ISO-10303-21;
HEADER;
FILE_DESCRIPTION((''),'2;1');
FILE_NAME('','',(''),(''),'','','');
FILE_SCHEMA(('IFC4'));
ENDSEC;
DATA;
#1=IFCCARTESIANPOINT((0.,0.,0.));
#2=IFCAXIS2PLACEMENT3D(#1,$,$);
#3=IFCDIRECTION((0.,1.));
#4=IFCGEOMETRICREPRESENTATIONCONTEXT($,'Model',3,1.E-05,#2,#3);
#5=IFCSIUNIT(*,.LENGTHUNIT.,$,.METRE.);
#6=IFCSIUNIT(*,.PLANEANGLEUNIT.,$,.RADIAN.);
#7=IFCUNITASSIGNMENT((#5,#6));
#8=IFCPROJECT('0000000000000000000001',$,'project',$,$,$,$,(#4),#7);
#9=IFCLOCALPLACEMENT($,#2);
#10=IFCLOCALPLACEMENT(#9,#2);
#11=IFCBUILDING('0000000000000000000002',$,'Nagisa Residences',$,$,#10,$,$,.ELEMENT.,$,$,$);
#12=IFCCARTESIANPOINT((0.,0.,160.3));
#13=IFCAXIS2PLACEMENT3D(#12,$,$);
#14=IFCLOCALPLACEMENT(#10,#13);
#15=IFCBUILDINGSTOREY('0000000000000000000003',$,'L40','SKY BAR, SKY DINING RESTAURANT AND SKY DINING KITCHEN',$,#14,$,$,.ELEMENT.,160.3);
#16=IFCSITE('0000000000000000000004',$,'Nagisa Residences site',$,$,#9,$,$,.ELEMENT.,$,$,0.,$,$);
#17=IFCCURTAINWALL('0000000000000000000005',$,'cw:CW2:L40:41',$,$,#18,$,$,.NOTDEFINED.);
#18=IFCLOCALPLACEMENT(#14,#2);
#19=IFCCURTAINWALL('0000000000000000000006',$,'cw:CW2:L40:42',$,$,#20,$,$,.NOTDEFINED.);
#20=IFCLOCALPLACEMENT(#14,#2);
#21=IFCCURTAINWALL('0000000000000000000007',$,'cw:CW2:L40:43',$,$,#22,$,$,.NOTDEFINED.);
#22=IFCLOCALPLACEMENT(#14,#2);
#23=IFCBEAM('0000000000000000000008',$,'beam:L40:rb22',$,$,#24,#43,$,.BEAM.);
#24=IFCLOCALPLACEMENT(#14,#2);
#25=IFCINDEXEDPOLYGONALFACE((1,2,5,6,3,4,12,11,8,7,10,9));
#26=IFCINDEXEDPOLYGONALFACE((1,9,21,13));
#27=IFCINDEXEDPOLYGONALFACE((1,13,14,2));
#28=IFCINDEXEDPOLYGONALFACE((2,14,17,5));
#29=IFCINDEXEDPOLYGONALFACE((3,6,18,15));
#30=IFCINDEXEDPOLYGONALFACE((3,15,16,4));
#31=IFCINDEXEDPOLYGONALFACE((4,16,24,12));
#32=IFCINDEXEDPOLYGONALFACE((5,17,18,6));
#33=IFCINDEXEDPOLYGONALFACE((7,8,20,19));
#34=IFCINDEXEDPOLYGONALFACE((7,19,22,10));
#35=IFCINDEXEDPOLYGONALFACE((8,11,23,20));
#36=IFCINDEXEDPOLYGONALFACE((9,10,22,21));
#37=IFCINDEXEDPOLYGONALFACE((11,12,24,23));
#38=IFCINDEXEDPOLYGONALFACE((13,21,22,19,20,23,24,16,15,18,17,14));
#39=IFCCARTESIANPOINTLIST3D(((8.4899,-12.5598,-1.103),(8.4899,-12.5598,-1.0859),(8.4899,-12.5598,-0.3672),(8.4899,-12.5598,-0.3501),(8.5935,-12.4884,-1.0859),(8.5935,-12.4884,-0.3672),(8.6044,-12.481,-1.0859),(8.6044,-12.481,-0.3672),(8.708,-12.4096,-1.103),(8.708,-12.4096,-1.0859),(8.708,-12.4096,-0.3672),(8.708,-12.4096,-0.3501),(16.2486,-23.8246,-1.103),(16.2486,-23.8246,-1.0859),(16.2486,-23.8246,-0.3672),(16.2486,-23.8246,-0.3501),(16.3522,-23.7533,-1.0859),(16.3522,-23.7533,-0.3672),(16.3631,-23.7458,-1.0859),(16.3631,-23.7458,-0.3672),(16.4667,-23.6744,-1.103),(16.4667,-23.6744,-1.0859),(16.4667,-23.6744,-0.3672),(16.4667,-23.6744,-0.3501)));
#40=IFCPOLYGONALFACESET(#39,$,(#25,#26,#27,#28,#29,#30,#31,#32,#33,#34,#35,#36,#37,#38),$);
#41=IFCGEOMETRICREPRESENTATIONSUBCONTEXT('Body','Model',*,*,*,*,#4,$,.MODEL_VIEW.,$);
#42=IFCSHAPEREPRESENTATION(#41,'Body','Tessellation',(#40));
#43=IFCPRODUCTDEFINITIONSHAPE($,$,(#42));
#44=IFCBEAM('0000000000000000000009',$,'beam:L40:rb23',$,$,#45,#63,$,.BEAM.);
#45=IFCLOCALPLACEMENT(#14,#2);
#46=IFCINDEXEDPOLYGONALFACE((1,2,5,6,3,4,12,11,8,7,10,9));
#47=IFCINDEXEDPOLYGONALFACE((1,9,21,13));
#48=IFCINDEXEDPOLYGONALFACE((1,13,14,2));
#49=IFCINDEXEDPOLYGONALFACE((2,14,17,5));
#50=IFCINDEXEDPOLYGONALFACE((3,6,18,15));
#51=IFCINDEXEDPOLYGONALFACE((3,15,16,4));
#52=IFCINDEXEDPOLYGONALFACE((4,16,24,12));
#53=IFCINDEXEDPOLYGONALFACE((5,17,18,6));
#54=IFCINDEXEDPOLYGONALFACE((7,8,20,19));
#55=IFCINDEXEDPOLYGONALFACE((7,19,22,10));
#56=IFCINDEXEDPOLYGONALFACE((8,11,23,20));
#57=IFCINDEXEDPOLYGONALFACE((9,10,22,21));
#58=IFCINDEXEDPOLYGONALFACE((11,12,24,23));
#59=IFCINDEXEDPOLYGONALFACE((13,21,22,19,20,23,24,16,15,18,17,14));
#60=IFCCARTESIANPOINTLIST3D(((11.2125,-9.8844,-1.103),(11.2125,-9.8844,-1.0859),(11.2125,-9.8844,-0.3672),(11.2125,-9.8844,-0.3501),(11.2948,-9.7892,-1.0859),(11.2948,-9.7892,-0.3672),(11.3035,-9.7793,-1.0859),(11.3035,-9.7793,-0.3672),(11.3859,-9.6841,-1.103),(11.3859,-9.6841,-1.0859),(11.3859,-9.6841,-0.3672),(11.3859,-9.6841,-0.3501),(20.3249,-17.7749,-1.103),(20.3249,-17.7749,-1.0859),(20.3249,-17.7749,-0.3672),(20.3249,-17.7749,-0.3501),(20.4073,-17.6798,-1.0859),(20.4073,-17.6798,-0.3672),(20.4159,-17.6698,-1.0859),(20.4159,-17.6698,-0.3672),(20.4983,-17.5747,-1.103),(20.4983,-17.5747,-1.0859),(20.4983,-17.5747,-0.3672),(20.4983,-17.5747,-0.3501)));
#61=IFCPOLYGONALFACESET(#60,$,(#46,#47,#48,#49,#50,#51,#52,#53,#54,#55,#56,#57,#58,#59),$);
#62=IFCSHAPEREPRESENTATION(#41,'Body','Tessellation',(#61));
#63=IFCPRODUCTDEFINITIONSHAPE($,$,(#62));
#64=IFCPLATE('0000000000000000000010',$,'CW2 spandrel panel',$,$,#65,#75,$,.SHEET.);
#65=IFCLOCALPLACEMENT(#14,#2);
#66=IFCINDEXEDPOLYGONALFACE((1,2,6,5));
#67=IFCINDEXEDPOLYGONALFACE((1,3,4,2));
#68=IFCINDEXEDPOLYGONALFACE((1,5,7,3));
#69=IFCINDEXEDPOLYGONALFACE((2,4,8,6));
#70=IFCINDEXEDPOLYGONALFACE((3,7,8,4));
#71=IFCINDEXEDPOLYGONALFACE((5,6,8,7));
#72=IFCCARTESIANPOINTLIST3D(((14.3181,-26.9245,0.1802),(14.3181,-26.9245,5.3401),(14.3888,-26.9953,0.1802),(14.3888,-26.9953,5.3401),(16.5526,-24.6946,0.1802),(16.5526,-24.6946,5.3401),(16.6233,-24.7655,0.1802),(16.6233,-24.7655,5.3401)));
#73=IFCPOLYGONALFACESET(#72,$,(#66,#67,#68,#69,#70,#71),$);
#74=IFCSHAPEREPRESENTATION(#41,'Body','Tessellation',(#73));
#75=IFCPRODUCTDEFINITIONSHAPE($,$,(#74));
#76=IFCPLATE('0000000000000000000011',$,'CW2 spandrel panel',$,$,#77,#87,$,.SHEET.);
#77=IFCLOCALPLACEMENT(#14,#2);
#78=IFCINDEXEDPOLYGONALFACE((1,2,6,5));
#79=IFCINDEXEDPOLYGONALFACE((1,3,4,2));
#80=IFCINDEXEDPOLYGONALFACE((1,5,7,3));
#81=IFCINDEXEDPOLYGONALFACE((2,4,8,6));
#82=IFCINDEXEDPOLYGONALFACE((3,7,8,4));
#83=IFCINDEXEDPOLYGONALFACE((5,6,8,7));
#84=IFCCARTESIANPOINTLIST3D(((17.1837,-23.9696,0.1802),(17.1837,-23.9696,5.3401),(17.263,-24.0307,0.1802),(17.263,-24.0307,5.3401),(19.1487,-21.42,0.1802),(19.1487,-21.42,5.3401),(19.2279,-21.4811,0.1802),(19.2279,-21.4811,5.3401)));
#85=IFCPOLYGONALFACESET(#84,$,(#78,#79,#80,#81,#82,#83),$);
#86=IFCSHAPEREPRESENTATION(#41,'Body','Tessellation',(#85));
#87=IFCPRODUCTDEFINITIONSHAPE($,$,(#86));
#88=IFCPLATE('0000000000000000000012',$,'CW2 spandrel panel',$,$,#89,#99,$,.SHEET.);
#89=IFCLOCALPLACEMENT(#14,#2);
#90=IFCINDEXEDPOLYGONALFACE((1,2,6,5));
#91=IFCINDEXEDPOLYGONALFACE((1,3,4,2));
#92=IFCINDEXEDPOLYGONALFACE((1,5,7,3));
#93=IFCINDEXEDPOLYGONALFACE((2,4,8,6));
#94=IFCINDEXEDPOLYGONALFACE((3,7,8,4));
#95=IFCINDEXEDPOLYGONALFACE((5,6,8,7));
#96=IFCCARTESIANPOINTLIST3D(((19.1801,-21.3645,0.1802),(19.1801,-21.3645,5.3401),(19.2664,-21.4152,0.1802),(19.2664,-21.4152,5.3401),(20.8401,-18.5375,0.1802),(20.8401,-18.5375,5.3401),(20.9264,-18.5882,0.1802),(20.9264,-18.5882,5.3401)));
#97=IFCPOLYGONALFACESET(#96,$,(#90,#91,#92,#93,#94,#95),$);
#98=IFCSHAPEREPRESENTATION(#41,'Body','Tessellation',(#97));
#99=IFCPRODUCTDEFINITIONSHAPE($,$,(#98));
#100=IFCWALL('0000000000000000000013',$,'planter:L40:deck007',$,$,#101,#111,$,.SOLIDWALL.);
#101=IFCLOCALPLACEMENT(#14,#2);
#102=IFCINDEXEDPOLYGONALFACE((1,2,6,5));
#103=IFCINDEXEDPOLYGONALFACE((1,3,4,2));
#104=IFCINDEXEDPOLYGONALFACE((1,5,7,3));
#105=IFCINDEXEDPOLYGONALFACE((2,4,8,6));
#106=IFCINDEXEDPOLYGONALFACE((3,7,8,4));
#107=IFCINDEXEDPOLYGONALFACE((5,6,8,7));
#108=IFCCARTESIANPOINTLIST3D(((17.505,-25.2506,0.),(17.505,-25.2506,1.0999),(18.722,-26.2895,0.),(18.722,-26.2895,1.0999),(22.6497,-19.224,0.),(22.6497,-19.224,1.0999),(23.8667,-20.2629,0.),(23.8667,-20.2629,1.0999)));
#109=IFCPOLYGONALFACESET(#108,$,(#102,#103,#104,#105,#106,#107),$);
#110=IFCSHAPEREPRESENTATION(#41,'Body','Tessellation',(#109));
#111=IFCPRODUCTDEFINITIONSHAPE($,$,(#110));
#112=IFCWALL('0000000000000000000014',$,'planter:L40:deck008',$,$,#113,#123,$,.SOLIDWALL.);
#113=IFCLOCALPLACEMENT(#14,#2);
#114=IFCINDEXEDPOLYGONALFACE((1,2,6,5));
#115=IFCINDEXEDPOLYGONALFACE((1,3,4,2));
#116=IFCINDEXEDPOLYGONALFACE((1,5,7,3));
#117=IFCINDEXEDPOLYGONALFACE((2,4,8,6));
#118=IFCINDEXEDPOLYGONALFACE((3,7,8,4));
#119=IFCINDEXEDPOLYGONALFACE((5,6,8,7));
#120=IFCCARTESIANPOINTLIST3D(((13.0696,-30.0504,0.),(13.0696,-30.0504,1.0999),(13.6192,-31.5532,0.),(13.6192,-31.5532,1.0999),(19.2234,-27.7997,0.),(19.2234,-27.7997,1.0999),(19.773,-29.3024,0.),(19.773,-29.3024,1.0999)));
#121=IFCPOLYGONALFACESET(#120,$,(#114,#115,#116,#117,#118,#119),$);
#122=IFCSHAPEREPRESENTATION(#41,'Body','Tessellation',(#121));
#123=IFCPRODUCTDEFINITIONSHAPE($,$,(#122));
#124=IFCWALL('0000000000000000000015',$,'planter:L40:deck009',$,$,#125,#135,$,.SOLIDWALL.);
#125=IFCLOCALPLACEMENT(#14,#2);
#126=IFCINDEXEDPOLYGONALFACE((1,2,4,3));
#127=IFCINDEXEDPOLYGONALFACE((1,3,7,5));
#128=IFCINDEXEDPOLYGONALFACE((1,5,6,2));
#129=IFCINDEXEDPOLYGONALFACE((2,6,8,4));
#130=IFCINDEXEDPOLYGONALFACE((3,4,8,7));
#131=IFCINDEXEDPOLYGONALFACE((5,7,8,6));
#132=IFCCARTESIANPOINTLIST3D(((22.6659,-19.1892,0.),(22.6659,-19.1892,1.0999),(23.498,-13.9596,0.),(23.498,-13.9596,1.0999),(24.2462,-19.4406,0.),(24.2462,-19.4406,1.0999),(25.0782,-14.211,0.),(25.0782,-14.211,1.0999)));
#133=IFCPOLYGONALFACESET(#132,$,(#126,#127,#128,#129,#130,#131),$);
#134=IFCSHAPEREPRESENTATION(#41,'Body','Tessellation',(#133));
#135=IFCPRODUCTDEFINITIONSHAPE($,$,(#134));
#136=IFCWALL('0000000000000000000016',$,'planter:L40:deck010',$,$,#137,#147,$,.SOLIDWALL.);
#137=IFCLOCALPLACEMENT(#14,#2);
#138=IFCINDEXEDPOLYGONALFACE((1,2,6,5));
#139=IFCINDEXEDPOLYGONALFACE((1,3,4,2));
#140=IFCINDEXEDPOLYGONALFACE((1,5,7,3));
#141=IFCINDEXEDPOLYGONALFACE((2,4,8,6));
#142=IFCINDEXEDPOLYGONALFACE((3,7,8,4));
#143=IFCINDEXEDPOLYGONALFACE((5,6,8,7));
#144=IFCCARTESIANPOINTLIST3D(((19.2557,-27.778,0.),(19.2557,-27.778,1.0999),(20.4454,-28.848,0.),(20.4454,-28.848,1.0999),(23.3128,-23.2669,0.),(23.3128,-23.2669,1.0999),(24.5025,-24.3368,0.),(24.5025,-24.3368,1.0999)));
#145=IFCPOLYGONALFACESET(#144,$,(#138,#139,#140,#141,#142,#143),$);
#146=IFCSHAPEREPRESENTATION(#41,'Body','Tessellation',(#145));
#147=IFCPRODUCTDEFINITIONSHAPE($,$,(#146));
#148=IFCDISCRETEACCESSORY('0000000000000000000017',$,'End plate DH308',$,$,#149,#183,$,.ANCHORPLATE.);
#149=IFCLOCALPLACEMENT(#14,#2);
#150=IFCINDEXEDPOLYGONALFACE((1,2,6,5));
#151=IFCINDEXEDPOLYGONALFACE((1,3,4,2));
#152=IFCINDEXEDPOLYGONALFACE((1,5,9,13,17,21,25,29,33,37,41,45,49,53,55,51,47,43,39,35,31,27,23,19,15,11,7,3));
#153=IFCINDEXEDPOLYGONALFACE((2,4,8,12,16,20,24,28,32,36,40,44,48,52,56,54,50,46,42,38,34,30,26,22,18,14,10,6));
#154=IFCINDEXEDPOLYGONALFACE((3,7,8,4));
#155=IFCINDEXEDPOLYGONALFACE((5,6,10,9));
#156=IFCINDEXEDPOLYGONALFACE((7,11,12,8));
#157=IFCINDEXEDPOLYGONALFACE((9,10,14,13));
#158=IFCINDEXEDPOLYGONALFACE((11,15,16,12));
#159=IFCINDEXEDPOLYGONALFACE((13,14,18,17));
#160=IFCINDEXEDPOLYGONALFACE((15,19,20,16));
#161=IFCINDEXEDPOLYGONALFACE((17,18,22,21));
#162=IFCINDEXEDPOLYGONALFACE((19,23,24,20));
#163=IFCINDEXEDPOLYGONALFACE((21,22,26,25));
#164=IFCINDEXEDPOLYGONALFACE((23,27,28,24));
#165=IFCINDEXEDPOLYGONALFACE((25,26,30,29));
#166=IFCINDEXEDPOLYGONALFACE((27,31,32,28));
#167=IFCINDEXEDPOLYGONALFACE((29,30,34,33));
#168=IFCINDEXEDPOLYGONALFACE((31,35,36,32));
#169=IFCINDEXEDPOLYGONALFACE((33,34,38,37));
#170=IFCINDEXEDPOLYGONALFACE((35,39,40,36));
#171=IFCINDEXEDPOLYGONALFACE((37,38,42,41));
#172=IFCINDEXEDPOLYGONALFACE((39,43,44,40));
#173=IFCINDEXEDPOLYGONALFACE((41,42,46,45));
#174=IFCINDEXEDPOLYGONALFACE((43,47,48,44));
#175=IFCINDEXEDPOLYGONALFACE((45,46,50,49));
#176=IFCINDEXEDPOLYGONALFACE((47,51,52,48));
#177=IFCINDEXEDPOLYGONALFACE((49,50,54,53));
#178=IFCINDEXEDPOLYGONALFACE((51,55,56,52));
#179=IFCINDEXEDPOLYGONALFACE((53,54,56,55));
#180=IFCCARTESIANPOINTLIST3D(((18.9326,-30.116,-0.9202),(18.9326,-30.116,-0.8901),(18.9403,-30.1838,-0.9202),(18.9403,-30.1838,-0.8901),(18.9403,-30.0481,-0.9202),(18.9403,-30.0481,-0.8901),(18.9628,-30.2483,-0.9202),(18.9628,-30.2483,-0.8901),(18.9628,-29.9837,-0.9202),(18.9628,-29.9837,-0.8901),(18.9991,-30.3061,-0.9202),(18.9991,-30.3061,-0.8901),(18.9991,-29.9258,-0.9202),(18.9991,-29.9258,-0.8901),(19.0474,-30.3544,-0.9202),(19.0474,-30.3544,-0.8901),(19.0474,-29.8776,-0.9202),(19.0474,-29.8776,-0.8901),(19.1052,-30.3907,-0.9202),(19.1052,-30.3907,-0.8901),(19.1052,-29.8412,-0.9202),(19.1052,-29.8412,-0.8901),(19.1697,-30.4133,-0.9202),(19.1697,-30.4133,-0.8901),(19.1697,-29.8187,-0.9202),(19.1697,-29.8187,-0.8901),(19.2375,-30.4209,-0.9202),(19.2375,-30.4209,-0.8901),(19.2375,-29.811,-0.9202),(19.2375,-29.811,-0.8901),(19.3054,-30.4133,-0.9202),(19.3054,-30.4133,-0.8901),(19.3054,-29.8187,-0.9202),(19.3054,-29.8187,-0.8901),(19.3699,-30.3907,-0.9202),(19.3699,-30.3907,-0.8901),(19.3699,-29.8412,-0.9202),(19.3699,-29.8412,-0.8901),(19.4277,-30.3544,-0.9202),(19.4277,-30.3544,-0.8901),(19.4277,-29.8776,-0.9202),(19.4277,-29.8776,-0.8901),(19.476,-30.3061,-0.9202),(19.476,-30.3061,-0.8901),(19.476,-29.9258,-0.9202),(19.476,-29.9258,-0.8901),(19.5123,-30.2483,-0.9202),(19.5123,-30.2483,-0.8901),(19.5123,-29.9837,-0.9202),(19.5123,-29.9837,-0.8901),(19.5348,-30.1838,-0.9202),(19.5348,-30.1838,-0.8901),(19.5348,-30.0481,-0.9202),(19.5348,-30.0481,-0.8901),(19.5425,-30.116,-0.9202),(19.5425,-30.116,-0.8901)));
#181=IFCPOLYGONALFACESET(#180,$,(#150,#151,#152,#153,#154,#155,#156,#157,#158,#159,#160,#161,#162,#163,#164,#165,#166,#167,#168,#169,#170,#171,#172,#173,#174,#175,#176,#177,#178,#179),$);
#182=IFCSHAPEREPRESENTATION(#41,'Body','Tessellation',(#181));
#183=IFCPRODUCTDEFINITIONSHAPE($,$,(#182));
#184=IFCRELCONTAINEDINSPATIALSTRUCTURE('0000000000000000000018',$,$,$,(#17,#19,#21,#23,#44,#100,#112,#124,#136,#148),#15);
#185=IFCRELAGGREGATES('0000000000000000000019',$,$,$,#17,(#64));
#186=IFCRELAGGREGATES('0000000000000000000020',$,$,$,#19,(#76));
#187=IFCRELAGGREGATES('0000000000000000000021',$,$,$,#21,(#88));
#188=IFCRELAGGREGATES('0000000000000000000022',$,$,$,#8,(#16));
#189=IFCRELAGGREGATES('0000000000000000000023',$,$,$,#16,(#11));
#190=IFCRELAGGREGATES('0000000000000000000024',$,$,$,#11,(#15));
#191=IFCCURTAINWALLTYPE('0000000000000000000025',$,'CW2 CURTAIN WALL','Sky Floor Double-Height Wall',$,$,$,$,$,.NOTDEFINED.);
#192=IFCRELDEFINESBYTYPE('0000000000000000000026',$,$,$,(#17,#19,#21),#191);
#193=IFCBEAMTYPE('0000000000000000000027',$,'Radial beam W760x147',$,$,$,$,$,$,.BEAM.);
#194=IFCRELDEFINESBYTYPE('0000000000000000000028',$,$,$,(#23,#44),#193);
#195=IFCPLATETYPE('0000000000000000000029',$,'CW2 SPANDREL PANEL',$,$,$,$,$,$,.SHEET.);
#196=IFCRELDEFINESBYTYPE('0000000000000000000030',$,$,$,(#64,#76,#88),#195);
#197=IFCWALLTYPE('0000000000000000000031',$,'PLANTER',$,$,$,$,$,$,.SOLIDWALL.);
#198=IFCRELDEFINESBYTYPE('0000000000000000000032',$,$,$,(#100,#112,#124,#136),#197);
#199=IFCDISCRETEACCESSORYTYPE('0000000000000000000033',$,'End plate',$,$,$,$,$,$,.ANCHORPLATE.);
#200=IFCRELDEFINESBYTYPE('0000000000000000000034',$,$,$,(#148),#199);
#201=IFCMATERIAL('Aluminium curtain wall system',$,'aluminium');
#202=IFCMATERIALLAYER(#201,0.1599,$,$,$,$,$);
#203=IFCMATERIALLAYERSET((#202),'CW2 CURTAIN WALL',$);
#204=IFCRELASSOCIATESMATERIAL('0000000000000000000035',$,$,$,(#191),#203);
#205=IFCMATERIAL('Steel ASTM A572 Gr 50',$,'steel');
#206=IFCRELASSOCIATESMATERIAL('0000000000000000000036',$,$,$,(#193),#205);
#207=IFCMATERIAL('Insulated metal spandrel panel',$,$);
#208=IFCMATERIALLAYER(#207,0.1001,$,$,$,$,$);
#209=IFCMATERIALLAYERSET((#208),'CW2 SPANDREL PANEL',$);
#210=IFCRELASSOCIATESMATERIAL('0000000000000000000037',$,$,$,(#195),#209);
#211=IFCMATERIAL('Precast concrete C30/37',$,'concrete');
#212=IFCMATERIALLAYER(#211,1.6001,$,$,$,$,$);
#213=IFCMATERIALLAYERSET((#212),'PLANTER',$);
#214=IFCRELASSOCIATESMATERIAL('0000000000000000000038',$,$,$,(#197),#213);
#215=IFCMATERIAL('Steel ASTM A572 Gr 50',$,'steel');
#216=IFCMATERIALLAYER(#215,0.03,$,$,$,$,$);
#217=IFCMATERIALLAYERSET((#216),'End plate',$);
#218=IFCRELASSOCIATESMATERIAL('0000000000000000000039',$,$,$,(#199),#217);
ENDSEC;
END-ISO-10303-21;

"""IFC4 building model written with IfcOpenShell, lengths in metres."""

from ifc_helpers import new_model, si_unit, direction, frame, frame_2d, origin, origin_2d, place, context, subcontext, project, spatial, rectangle, circle, i_section, extrude, material, layer, layer_set, material_profile, profile_set, type_object, element, aggregate, save


model = new_model("IFC4")

# Units and contexts
model_context = context("Model", 3, precision=1e-05, world=origin(), true_north=direction((0.0, 1.0)))
body_context = subcontext(model_context, "Body", "Model", "MODEL_VIEW")
ifc_project = project(units=[si_unit("LENGTHUNIT", "METRE"), si_unit("PLANEANGLEUNIT", "RADIAN")], contexts=[model_context])

# Site, building, storey
site_placement = place(None, origin())
site = spatial("IfcSite", under=ifc_project, at=site_placement, Name="Nagisa Residences site", CompositionType="ELEMENT", RefElevation=0.0)
building_placement = place(site_placement, origin())
building = spatial("IfcBuilding", under=site, at=building_placement, Name="Nagisa Residences", CompositionType="ELEMENT")
storey_placement = place(building_placement, frame((0.0, 0.0, 160.3)))
storey = spatial("IfcBuildingStorey", under=building, at=storey_placement, Name="L40", Description="SKY BAR, SKY DINING RESTAURANT AND SKY DINING KITCHEN", CompositionType="ELEMENT", Elevation=160.3)

# Curtain walls
ifc_material_1 = material(Name="Aluminium curtain wall system", Category="aluminium")
ifc_layer_1 = layer(ifc_material_1, 0.1599)
ifc_layer_set_1 = layer_set([ifc_layer_1], Name="CW2 CURTAIN WALL")
curtain_wall_type = type_object("IfcCurtainWallType", Name="CW2 CURTAIN WALL", Description="Sky Floor Double-Height Wall", PredefinedType="NOTDEFINED", material=ifc_layer_set_1)
curtain_wall_1_placement = place(storey_placement, origin())
curtain_wall_1 = element("IfcCurtainWall", 1, at=curtain_wall_1_placement, inside=storey, type_object=curtain_wall_type, Name="cw:CW2:L40:41", PredefinedType="NOTDEFINED")
curtain_wall_2_placement = place(storey_placement, origin())
curtain_wall_2 = element("IfcCurtainWall", 2, at=curtain_wall_2_placement, inside=storey, type_object=curtain_wall_type, Name="cw:CW2:L40:42", PredefinedType="NOTDEFINED")
curtain_wall_3_placement = place(storey_placement, origin())
curtain_wall_3 = element("IfcCurtainWall", 3, at=curtain_wall_3_placement, inside=storey, type_object=curtain_wall_type, Name="cw:CW2:L40:43", PredefinedType="NOTDEFINED")

# Beams
ifc_material_2 = material(Name="Steel ASTM A572 Gr 50", Category="steel")
ifc_material_profile_1 = material_profile(ifc_material_2, i_section(OverallWidth=0.2649, OverallDepth=0.7529, WebThickness=0.0132, FlangeThickness=0.0171, at=origin_2d()), Name="W760x147")
ifc_profile_set_1 = profile_set([ifc_material_profile_1], Name="Steel ASTM A572 Gr 50")
beam_type_1 = type_object("IfcBeamType", Name="Radial beam W760x147", PredefinedType="BEAM", material=ifc_profile_set_1)
beam_1_placement = place(storey_placement, frame((16.3577, -23.7495, -0.7266), z_axis=(-0.567232, 0.823558, 0.0), x_axis=(-0.823558, -0.567232, 0.0)))
element("IfcBeam", 4, at=beam_1_placement, inside=storey, type_object=beam_type_1, Name="beam:L40:rb22", PredefinedType="BEAM", context=body_context, shape_type="SweptSolid", body=[
    extrude(i_section(OverallWidth=0.2649, OverallDepth=0.7529, WebThickness=0.0132, FlangeThickness=0.0171, at=origin_2d()), origin(), (0.0, 0.0, 1.0), 13.6782),
])
beam_2_placement = place(storey_placement, frame((20.4116, -17.6748, -0.7266), z_axis=(-0.755973, 0.654603, 0.0), x_axis=(-0.654603, -0.755973, 0.0)))
element("IfcBeam", 5, at=beam_2_placement, inside=storey, type_object=beam_type_1, Name="beam:L40:rb23", PredefinedType="BEAM", context=body_context, shape_type="SweptSolid", body=[
    extrude(i_section(OverallWidth=0.2649, OverallDepth=0.7529, WebThickness=0.0132, FlangeThickness=0.0171, at=origin_2d()), origin(), (0.0, 0.0, 1.0), 12.054),
])

# Plates
ifc_material_3 = material(Name="Insulated metal spandrel panel")
ifc_layer_2 = layer(ifc_material_3, 0.1001)
ifc_layer_set_2 = layer_set([ifc_layer_2], Name="CW2 SPANDREL PANEL")
plate_type = type_object("IfcPlateType", Name="CW2 SPANDREL PANEL", PredefinedType="SHEET", material=ifc_layer_set_2)
plate_1_placement = place(storey_placement, frame((15.4707, -25.845, 0.1802), z_axis=(0.0, 0.0, 1.0), x_axis=(0.707836, 0.706377, 0.0)))
plate_1 = element("IfcPlate", 6, at=plate_1_placement, type_object=plate_type, Name="CW2 spandrel panel", PredefinedType="SHEET", context=body_context, shape_type="SweptSolid", body=[
    extrude(rectangle(XDim=3.1567, YDim=0.1001, at=origin_2d()), origin(), (0.0, 0.0, 1.0), 5.1599),
])
aggregate(curtain_wall_1, [plate_1])
plate_2_placement = place(storey_placement, frame((18.2058, -22.7253, 0.1802), z_axis=(0.0, 0.0, 1.0), x_axis=(0.61043, 0.79207, 0.0)))
plate_2 = element("IfcPlate", 7, at=plate_2_placement, type_object=plate_type, Name="CW2 spandrel panel", PredefinedType="SHEET", context=body_context, shape_type="SweptSolid", body=[
    extrude(rectangle(XDim=3.219, YDim=0.1001, at=origin_2d()), origin(), (0.0, 0.0, 1.0), 5.1599),
])
aggregate(curtain_wall_2, [plate_2])
plate_3_placement = place(storey_placement, frame((20.0532, -19.9763, 0.1802), z_axis=(0.0, 0.0, 1.0), x_axis=(0.506349, 0.862329, 0.0)))
plate_3 = element("IfcPlate", 8, at=plate_3_placement, type_object=plate_type, Name="CW2 spandrel panel", PredefinedType="SHEET", context=body_context, shape_type="SweptSolid", body=[
    extrude(rectangle(XDim=3.2783, YDim=0.1001, at=origin_2d()), origin(), (0.0, 0.0, 1.0), 5.1599),
])
aggregate(curtain_wall_3, [plate_3])

# Walls
ifc_material_4 = material(Name="Precast concrete C30/37", Category="concrete")
ifc_layer_3 = layer(ifc_material_4, 1.6001)
ifc_layer_set_3 = layer_set([ifc_layer_3], Name="PLANTER")
wall_type = type_object("IfcWallType", Name="PLANTER", PredefinedType="SOLIDWALL", material=ifc_layer_set_3)
wall_1_placement = place(storey_placement, frame((18.1135, -25.77, 0.0), z_axis=(0.0, 0.0, 1.0), x_axis=(0.64927, 0.760558, 0.0)))
element("IfcWall", 9, at=wall_1_placement, inside=storey, type_object=wall_type, Name="planter:L40:deck007", PredefinedType="SOLIDWALL", context=body_context, shape_type="SweptSolid", body=[
    extrude(rectangle(XDim=7.9238, YDim=1.6001, at=frame_2d((3.9619, 0.0))), origin(), (0.0, 0.0, 1.0), 1.0999),
])
wall_2_placement = place(storey_placement, frame((19.4983, -28.551, 0.0), z_axis=(0.0, 0.0, 1.0), x_axis=(-0.939155, -0.343493, 0.0)))
element("IfcWall", 10, at=wall_2_placement, inside=storey, type_object=wall_type, Name="planter:L40:deck008", PredefinedType="SOLIDWALL", context=body_context, shape_type="SweptSolid", body=[
    extrude(rectangle(XDim=6.5525, YDim=1.6001, at=frame_2d((3.2764, 0.0))), origin(), (0.0, 0.0, 1.0), 1.0999),
])
wall_3_placement = place(storey_placement, frame((23.4561, -19.3149, 0.0), z_axis=(0.0, 0.0, 1.0), x_axis=(0.15712, 0.987579, 0.0)))
element("IfcWall", 11, at=wall_3_placement, inside=storey, type_object=wall_type, Name="planter:L40:deck009", PredefinedType="SOLIDWALL", context=body_context, shape_type="SweptSolid", body=[
    extrude(rectangle(XDim=5.2954, YDim=1.6001, at=frame_2d((2.6477, 0.0))), origin(), (0.0, 0.0, 1.0), 1.0999),
])
wall_4_placement = place(storey_placement, frame((23.9077, -23.8018, 0.0), z_axis=(0.0, 0.0, 1.0), x_axis=(-0.668693, -0.743538, 0.0)))
element("IfcWall", 12, at=wall_4_placement, inside=storey, type_object=wall_type, Name="planter:L40:deck010", PredefinedType="SOLIDWALL", context=body_context, shape_type="SweptSolid", body=[
    extrude(rectangle(XDim=6.0671, YDim=1.6001, at=frame_2d((3.0337, 0.0))), origin(), (0.0, 0.0, 1.0), 1.0999),
])

# Discrete accessory
ifc_material_5 = material(Name="Steel ASTM A572 Gr 50", Category="steel")
ifc_layer_4 = layer(ifc_material_5, 0.03)
ifc_layer_set_4 = layer_set([ifc_layer_4], Name="End plate")
discrete_accessory_type = type_object("IfcDiscreteAccessoryType", Name="End plate", PredefinedType="ANCHORPLATE", material=ifc_layer_set_4)
for number, where, z_axis, x_axis, name in (
    (13, (19.2375, -30.116, -0.8901), (0.0, 0.0, -1.0), (1.0, 0.0, 0.0), "End plate DH308"),
):
    element("IfcDiscreteAccessory", number, at=place(storey_placement, frame(where, z_axis=z_axis, x_axis=x_axis)), inside=storey, type_object=discrete_accessory_type, Name=name, PredefinedType="ANCHORPLATE", context=body_context, shape_type="SweptSolid", body=[
        extrude(circle(Radius=0.3049, at=origin_2d()), origin(), (0.0, 0.0, 1.0), 0.03),
    ])

save(model, "model.ifc")
